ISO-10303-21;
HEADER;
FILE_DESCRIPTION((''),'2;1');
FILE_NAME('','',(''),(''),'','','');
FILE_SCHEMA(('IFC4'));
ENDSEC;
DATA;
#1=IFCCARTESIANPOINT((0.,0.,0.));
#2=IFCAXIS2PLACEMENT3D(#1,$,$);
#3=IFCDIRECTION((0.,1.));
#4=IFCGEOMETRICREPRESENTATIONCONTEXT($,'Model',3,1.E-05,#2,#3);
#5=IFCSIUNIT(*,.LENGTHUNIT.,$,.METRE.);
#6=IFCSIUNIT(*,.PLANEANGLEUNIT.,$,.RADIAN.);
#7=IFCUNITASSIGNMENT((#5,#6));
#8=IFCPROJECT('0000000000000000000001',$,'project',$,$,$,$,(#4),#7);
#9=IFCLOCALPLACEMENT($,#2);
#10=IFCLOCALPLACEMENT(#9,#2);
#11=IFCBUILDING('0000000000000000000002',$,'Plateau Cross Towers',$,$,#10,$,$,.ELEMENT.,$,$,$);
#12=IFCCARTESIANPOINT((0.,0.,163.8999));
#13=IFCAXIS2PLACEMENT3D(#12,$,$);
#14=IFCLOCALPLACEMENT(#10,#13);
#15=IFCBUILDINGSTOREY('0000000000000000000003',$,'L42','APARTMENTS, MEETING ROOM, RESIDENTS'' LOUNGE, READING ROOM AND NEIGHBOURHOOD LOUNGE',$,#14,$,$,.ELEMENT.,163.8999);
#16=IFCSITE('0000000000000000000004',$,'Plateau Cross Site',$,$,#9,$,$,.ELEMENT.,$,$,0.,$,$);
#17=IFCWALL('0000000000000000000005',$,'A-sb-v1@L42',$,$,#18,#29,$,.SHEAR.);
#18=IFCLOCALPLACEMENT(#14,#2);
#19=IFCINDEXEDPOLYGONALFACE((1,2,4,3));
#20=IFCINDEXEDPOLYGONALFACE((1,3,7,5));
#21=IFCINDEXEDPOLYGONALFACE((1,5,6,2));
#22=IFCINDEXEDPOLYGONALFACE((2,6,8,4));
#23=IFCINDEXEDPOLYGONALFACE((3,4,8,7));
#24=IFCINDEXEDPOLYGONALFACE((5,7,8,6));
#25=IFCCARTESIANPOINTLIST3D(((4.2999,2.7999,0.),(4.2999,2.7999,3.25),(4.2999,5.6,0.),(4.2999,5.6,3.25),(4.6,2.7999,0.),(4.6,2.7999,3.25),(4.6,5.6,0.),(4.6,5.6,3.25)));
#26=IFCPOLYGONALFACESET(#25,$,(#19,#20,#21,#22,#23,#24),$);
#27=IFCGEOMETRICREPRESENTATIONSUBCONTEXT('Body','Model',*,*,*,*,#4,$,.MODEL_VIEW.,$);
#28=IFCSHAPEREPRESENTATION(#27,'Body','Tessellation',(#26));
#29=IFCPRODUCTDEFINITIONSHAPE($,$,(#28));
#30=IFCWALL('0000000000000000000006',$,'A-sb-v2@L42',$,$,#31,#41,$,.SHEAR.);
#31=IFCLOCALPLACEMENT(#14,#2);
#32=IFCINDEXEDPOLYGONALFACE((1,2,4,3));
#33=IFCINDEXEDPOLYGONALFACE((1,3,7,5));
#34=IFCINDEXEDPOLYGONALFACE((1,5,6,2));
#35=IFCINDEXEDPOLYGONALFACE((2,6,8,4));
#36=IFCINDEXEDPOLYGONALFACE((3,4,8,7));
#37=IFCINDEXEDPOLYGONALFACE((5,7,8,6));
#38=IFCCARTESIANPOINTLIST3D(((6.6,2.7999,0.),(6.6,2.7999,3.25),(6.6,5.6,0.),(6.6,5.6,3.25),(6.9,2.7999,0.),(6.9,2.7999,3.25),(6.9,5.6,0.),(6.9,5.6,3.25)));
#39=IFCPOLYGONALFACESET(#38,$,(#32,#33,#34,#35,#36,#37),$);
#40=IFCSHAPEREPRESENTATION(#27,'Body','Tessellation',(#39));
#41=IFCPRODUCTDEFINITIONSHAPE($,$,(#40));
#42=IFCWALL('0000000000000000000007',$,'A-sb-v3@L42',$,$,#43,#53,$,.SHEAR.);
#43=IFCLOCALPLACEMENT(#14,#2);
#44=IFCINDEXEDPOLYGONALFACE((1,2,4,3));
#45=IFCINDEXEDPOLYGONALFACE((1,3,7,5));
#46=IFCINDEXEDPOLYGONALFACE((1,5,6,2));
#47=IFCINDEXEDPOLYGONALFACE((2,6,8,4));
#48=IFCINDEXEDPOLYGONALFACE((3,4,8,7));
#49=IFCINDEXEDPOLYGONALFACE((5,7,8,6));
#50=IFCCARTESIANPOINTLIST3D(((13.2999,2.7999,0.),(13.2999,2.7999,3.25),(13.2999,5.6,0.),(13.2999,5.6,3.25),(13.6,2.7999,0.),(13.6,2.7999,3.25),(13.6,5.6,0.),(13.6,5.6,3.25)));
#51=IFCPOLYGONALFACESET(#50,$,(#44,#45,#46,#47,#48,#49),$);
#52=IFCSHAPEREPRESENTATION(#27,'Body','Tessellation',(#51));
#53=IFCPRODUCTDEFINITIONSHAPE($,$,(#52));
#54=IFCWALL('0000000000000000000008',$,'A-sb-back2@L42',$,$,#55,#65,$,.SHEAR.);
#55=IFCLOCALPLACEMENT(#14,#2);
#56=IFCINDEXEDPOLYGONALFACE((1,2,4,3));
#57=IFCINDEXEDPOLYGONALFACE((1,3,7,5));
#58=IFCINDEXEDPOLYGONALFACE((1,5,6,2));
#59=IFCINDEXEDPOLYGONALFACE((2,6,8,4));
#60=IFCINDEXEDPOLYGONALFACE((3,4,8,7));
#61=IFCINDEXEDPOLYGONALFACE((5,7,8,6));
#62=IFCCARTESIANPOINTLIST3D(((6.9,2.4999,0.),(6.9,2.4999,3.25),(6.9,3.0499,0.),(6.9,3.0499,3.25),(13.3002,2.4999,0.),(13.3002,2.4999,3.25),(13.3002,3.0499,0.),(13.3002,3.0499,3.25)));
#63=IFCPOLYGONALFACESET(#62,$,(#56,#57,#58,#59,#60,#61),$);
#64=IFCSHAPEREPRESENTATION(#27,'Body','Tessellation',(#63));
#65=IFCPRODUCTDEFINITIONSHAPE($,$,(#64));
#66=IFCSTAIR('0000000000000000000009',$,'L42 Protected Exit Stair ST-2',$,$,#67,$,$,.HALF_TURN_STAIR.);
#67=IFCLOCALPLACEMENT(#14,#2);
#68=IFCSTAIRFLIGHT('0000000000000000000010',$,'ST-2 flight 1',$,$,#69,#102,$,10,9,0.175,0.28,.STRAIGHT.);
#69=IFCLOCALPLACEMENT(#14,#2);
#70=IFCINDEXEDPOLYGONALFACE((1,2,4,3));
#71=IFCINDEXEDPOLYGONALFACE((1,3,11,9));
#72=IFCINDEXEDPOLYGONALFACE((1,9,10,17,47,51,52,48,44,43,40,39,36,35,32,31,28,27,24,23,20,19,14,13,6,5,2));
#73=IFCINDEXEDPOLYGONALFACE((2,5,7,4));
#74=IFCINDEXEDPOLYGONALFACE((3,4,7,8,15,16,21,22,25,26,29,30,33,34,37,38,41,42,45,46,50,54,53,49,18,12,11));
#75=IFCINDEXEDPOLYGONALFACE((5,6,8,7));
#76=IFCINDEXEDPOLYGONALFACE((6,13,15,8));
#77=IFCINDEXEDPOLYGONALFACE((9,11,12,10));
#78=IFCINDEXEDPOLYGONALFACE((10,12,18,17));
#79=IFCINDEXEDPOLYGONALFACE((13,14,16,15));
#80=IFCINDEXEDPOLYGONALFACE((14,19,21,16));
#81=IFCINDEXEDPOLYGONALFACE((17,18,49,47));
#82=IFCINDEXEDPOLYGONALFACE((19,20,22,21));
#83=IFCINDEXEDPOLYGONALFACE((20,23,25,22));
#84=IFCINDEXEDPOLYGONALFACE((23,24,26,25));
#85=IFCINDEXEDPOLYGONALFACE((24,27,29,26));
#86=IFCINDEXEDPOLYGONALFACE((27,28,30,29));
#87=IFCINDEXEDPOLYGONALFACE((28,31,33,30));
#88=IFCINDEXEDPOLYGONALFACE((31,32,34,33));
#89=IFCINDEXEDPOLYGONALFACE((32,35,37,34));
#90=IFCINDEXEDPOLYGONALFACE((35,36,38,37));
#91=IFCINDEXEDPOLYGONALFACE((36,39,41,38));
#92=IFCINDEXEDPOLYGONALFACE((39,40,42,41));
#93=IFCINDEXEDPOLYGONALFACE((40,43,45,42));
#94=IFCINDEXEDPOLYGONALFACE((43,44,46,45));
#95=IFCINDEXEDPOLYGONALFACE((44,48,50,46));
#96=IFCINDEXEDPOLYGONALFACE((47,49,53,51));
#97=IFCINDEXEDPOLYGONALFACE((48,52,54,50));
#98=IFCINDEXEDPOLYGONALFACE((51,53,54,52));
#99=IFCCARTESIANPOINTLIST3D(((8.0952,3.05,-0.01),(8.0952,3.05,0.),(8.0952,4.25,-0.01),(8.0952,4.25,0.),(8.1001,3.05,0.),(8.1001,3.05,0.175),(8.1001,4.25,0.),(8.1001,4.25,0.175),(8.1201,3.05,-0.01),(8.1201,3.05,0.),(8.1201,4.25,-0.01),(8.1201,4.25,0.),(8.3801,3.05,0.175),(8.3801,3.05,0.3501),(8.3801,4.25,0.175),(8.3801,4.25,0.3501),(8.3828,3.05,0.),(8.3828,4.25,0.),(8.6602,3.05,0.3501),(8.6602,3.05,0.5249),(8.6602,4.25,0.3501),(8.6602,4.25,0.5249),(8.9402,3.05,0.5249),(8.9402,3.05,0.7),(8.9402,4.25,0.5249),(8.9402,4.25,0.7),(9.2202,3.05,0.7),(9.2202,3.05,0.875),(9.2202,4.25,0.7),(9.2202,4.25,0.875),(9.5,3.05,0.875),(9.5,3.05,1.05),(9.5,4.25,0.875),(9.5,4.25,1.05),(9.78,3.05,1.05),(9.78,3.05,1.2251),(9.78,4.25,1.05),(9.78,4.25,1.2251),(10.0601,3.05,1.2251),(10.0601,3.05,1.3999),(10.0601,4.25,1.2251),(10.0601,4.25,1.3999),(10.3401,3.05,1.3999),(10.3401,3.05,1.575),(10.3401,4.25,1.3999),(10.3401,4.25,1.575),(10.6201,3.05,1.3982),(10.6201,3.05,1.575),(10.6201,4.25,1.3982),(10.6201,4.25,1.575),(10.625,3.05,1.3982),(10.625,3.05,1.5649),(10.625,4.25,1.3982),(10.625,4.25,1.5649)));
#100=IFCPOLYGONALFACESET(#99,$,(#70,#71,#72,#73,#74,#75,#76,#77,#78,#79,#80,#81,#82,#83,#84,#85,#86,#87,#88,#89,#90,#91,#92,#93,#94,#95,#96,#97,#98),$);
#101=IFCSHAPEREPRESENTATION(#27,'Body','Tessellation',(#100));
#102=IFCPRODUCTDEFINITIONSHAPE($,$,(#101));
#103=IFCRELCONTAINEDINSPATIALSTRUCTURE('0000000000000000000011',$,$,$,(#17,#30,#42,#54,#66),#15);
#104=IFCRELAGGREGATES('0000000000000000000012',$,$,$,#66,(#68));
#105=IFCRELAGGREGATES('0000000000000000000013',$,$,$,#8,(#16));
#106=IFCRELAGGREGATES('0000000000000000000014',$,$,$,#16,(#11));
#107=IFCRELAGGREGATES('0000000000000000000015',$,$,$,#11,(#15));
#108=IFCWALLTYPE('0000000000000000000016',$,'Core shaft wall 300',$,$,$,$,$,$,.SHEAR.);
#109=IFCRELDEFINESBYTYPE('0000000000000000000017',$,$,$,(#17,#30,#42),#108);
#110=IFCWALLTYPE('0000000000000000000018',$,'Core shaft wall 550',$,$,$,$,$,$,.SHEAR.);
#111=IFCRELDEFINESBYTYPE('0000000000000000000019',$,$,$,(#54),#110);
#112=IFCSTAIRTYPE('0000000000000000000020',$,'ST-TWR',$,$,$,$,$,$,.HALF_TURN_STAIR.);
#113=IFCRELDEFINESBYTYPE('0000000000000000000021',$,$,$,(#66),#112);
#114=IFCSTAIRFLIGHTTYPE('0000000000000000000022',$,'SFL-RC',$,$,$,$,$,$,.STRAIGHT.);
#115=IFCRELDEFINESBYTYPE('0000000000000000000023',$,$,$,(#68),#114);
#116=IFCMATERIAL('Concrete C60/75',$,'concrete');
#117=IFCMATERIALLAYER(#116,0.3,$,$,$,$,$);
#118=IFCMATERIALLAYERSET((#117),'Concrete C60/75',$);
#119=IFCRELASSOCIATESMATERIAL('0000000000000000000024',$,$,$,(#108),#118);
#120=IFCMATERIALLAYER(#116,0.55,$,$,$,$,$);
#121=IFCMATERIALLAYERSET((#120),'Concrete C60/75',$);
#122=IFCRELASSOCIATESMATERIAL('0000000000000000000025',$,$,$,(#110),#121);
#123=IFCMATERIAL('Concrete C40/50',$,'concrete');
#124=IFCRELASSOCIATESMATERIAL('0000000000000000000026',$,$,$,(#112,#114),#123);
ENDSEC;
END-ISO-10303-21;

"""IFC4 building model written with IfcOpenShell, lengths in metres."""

from ifc_helpers import new_model, si_unit, direction, frame, frame_2d, origin, place, context, subcontext, project, spatial, polyline, rectangle, outline, extrude, material, layer, layer_set, type_object, element, aggregate, save


model = new_model("IFC4")

# Units and contexts
model_context = context("Model", 3, precision=1e-05, world=origin(), true_north=direction((0.0, 1.0)))
body_context = subcontext(model_context, "Body", "Model", "MODEL_VIEW")
ifc_project = project(units=[si_unit("LENGTHUNIT", "METRE"), si_unit("PLANEANGLEUNIT", "RADIAN")], contexts=[model_context])

# Site, building, storey
site_placement = place(None, origin())
site = spatial("IfcSite", under=ifc_project, at=site_placement, Name="Plateau Cross Site", CompositionType="ELEMENT", RefElevation=0.0)
building_placement = place(site_placement, origin())
building = spatial("IfcBuilding", under=site, at=building_placement, Name="Plateau Cross Towers", CompositionType="ELEMENT")
storey_placement = place(building_placement, frame((0.0, 0.0, 163.8999)))
storey = spatial("IfcBuildingStorey", under=building, at=storey_placement, Name="L42", Description="APARTMENTS, MEETING ROOM, RESIDENTS' LOUNGE, READING ROOM AND NEIGHBOURHOOD LOUNGE", CompositionType="ELEMENT", Elevation=163.8999)

# Walls
ifc_material_1 = material(Name="Concrete C60/75", Category="concrete")
ifc_layer_1 = layer(ifc_material_1, 0.3)
ifc_layer_set_1 = layer_set([ifc_layer_1], Name="Concrete C60/75")
wall_type_1 = type_object("IfcWallType", Name="Core shaft wall 300", PredefinedType="SHEAR", material=ifc_layer_set_1)
for number, where, z_axis, x_axis, name in (
    (1, (4.45, 2.8, 0.0), (0.0, 0.0, 1.0), (0.0, 1.0, 0.0), "A-sb-v1@L42"),
    (2, (6.75, 2.8, 0.0), (0.0, 0.0, 1.0), (0.0, 1.0, 0.0), "A-sb-v2@L42"),
    (3, (13.45, 2.8, 0.0), (0.0, 0.0, 1.0), (0.0, 1.0, 0.0), "A-sb-v3@L42"),
):
    element("IfcWall", number, at=place(storey_placement, frame(where, z_axis=z_axis, x_axis=x_axis)), inside=storey, type_object=wall_type_1, Name=name, PredefinedType="SHEAR", context=body_context, shape_type="SweptSolid", body=[
        extrude(rectangle(XDim=2.8, YDim=0.3, at=frame_2d((1.3999, 0.0))), origin(), (0.0, 0.0, 1.0), 3.25),
    ])
ifc_layer_2 = layer(ifc_material_1, 0.55)
ifc_layer_set_2 = layer_set([ifc_layer_2], Name="Concrete C60/75")
wall_type_2 = type_object("IfcWallType", Name="Core shaft wall 550", PredefinedType="SHEAR", material=ifc_layer_set_2)
wall_1_placement = place(storey_placement, frame((6.8999, 2.7749, 0.0), z_axis=(0.0, 0.0, 1.0), x_axis=(1.0, 0.0, 0.0)))
element("IfcWall", 4, at=wall_1_placement, inside=storey, type_object=wall_type_2, Name="A-sb-back2@L42", PredefinedType="SHEAR", context=body_context, shape_type="SweptSolid", body=[
    extrude(rectangle(XDim=6.4001, YDim=0.55, at=frame_2d((3.2002, 0.0))), origin(), (0.0, 0.0, 1.0), 3.25),
])

# Stair, stair flight
ifc_material_2 = material(Name="Concrete C40/50", Category="concrete")
stair_type = type_object("IfcStairType", Name="ST-TWR", PredefinedType="HALF_TURN_STAIR", material=ifc_material_2)
stair_placement = place(storey_placement, origin())
stair = element("IfcStair", 5, at=stair_placement, inside=storey, type_object=stair_type, Name="L42 Protected Exit Stair ST-2", PredefinedType="HALF_TURN_STAIR")
stair_flight_type = type_object("IfcStairFlightType", Name="SFL-RC", PredefinedType="STRAIGHT", material=ifc_material_2)
stair_flight_placement = place(storey_placement, frame((8.1001, 3.6499, 0.0), z_axis=(0.0, 0.0, 1.0), x_axis=(1.0, 0.0, 0.0)))
stair_flight = element("IfcStairFlight", 6, at=stair_flight_placement, type_object=stair_flight_type, Name="ST-2 flight 1", NumberOfRisers=10, NumberOfTreads=9, PredefinedType="STRAIGHT", RiserHeight=0.175, TreadLength=0.28, context=body_context, shape_type="SweptSolid", body=[
    extrude(outline(polyline([(-0.0049, -0.01), (-0.0049, 0.0), (0.0, 0.0), (0.0, 0.175), (0.28, 0.175), (0.28, 0.3501), (0.5601, 0.3501), (0.5601, 0.5249), (0.8401, 0.5249), (0.8401, 0.7), (1.1201, 0.7), (1.1201, 0.875), (1.3999, 0.875), (1.3999, 1.05), (1.6799, 1.05), (1.6799, 1.2251), (1.96, 1.2251), (1.96, 1.3999), (2.24, 1.3999), (2.24, 1.575), (2.52, 1.575), (2.5249, 1.5649), (2.5249, 1.3982), (2.52, 1.3982), (0.2827, 0.0), (0.02, 0.0), (0.02, -0.01), (-0.0049, -0.01)])), frame((0.0, 0.6001, 0.0), z_axis=(0.0, -1.0, 0.0), x_axis=(1.0, 0.0, 0.0)), (0.0, 0.0, 1.0), 1.2),
])
aggregate(stair, [stair_flight])

save(model, "model.ifc")
